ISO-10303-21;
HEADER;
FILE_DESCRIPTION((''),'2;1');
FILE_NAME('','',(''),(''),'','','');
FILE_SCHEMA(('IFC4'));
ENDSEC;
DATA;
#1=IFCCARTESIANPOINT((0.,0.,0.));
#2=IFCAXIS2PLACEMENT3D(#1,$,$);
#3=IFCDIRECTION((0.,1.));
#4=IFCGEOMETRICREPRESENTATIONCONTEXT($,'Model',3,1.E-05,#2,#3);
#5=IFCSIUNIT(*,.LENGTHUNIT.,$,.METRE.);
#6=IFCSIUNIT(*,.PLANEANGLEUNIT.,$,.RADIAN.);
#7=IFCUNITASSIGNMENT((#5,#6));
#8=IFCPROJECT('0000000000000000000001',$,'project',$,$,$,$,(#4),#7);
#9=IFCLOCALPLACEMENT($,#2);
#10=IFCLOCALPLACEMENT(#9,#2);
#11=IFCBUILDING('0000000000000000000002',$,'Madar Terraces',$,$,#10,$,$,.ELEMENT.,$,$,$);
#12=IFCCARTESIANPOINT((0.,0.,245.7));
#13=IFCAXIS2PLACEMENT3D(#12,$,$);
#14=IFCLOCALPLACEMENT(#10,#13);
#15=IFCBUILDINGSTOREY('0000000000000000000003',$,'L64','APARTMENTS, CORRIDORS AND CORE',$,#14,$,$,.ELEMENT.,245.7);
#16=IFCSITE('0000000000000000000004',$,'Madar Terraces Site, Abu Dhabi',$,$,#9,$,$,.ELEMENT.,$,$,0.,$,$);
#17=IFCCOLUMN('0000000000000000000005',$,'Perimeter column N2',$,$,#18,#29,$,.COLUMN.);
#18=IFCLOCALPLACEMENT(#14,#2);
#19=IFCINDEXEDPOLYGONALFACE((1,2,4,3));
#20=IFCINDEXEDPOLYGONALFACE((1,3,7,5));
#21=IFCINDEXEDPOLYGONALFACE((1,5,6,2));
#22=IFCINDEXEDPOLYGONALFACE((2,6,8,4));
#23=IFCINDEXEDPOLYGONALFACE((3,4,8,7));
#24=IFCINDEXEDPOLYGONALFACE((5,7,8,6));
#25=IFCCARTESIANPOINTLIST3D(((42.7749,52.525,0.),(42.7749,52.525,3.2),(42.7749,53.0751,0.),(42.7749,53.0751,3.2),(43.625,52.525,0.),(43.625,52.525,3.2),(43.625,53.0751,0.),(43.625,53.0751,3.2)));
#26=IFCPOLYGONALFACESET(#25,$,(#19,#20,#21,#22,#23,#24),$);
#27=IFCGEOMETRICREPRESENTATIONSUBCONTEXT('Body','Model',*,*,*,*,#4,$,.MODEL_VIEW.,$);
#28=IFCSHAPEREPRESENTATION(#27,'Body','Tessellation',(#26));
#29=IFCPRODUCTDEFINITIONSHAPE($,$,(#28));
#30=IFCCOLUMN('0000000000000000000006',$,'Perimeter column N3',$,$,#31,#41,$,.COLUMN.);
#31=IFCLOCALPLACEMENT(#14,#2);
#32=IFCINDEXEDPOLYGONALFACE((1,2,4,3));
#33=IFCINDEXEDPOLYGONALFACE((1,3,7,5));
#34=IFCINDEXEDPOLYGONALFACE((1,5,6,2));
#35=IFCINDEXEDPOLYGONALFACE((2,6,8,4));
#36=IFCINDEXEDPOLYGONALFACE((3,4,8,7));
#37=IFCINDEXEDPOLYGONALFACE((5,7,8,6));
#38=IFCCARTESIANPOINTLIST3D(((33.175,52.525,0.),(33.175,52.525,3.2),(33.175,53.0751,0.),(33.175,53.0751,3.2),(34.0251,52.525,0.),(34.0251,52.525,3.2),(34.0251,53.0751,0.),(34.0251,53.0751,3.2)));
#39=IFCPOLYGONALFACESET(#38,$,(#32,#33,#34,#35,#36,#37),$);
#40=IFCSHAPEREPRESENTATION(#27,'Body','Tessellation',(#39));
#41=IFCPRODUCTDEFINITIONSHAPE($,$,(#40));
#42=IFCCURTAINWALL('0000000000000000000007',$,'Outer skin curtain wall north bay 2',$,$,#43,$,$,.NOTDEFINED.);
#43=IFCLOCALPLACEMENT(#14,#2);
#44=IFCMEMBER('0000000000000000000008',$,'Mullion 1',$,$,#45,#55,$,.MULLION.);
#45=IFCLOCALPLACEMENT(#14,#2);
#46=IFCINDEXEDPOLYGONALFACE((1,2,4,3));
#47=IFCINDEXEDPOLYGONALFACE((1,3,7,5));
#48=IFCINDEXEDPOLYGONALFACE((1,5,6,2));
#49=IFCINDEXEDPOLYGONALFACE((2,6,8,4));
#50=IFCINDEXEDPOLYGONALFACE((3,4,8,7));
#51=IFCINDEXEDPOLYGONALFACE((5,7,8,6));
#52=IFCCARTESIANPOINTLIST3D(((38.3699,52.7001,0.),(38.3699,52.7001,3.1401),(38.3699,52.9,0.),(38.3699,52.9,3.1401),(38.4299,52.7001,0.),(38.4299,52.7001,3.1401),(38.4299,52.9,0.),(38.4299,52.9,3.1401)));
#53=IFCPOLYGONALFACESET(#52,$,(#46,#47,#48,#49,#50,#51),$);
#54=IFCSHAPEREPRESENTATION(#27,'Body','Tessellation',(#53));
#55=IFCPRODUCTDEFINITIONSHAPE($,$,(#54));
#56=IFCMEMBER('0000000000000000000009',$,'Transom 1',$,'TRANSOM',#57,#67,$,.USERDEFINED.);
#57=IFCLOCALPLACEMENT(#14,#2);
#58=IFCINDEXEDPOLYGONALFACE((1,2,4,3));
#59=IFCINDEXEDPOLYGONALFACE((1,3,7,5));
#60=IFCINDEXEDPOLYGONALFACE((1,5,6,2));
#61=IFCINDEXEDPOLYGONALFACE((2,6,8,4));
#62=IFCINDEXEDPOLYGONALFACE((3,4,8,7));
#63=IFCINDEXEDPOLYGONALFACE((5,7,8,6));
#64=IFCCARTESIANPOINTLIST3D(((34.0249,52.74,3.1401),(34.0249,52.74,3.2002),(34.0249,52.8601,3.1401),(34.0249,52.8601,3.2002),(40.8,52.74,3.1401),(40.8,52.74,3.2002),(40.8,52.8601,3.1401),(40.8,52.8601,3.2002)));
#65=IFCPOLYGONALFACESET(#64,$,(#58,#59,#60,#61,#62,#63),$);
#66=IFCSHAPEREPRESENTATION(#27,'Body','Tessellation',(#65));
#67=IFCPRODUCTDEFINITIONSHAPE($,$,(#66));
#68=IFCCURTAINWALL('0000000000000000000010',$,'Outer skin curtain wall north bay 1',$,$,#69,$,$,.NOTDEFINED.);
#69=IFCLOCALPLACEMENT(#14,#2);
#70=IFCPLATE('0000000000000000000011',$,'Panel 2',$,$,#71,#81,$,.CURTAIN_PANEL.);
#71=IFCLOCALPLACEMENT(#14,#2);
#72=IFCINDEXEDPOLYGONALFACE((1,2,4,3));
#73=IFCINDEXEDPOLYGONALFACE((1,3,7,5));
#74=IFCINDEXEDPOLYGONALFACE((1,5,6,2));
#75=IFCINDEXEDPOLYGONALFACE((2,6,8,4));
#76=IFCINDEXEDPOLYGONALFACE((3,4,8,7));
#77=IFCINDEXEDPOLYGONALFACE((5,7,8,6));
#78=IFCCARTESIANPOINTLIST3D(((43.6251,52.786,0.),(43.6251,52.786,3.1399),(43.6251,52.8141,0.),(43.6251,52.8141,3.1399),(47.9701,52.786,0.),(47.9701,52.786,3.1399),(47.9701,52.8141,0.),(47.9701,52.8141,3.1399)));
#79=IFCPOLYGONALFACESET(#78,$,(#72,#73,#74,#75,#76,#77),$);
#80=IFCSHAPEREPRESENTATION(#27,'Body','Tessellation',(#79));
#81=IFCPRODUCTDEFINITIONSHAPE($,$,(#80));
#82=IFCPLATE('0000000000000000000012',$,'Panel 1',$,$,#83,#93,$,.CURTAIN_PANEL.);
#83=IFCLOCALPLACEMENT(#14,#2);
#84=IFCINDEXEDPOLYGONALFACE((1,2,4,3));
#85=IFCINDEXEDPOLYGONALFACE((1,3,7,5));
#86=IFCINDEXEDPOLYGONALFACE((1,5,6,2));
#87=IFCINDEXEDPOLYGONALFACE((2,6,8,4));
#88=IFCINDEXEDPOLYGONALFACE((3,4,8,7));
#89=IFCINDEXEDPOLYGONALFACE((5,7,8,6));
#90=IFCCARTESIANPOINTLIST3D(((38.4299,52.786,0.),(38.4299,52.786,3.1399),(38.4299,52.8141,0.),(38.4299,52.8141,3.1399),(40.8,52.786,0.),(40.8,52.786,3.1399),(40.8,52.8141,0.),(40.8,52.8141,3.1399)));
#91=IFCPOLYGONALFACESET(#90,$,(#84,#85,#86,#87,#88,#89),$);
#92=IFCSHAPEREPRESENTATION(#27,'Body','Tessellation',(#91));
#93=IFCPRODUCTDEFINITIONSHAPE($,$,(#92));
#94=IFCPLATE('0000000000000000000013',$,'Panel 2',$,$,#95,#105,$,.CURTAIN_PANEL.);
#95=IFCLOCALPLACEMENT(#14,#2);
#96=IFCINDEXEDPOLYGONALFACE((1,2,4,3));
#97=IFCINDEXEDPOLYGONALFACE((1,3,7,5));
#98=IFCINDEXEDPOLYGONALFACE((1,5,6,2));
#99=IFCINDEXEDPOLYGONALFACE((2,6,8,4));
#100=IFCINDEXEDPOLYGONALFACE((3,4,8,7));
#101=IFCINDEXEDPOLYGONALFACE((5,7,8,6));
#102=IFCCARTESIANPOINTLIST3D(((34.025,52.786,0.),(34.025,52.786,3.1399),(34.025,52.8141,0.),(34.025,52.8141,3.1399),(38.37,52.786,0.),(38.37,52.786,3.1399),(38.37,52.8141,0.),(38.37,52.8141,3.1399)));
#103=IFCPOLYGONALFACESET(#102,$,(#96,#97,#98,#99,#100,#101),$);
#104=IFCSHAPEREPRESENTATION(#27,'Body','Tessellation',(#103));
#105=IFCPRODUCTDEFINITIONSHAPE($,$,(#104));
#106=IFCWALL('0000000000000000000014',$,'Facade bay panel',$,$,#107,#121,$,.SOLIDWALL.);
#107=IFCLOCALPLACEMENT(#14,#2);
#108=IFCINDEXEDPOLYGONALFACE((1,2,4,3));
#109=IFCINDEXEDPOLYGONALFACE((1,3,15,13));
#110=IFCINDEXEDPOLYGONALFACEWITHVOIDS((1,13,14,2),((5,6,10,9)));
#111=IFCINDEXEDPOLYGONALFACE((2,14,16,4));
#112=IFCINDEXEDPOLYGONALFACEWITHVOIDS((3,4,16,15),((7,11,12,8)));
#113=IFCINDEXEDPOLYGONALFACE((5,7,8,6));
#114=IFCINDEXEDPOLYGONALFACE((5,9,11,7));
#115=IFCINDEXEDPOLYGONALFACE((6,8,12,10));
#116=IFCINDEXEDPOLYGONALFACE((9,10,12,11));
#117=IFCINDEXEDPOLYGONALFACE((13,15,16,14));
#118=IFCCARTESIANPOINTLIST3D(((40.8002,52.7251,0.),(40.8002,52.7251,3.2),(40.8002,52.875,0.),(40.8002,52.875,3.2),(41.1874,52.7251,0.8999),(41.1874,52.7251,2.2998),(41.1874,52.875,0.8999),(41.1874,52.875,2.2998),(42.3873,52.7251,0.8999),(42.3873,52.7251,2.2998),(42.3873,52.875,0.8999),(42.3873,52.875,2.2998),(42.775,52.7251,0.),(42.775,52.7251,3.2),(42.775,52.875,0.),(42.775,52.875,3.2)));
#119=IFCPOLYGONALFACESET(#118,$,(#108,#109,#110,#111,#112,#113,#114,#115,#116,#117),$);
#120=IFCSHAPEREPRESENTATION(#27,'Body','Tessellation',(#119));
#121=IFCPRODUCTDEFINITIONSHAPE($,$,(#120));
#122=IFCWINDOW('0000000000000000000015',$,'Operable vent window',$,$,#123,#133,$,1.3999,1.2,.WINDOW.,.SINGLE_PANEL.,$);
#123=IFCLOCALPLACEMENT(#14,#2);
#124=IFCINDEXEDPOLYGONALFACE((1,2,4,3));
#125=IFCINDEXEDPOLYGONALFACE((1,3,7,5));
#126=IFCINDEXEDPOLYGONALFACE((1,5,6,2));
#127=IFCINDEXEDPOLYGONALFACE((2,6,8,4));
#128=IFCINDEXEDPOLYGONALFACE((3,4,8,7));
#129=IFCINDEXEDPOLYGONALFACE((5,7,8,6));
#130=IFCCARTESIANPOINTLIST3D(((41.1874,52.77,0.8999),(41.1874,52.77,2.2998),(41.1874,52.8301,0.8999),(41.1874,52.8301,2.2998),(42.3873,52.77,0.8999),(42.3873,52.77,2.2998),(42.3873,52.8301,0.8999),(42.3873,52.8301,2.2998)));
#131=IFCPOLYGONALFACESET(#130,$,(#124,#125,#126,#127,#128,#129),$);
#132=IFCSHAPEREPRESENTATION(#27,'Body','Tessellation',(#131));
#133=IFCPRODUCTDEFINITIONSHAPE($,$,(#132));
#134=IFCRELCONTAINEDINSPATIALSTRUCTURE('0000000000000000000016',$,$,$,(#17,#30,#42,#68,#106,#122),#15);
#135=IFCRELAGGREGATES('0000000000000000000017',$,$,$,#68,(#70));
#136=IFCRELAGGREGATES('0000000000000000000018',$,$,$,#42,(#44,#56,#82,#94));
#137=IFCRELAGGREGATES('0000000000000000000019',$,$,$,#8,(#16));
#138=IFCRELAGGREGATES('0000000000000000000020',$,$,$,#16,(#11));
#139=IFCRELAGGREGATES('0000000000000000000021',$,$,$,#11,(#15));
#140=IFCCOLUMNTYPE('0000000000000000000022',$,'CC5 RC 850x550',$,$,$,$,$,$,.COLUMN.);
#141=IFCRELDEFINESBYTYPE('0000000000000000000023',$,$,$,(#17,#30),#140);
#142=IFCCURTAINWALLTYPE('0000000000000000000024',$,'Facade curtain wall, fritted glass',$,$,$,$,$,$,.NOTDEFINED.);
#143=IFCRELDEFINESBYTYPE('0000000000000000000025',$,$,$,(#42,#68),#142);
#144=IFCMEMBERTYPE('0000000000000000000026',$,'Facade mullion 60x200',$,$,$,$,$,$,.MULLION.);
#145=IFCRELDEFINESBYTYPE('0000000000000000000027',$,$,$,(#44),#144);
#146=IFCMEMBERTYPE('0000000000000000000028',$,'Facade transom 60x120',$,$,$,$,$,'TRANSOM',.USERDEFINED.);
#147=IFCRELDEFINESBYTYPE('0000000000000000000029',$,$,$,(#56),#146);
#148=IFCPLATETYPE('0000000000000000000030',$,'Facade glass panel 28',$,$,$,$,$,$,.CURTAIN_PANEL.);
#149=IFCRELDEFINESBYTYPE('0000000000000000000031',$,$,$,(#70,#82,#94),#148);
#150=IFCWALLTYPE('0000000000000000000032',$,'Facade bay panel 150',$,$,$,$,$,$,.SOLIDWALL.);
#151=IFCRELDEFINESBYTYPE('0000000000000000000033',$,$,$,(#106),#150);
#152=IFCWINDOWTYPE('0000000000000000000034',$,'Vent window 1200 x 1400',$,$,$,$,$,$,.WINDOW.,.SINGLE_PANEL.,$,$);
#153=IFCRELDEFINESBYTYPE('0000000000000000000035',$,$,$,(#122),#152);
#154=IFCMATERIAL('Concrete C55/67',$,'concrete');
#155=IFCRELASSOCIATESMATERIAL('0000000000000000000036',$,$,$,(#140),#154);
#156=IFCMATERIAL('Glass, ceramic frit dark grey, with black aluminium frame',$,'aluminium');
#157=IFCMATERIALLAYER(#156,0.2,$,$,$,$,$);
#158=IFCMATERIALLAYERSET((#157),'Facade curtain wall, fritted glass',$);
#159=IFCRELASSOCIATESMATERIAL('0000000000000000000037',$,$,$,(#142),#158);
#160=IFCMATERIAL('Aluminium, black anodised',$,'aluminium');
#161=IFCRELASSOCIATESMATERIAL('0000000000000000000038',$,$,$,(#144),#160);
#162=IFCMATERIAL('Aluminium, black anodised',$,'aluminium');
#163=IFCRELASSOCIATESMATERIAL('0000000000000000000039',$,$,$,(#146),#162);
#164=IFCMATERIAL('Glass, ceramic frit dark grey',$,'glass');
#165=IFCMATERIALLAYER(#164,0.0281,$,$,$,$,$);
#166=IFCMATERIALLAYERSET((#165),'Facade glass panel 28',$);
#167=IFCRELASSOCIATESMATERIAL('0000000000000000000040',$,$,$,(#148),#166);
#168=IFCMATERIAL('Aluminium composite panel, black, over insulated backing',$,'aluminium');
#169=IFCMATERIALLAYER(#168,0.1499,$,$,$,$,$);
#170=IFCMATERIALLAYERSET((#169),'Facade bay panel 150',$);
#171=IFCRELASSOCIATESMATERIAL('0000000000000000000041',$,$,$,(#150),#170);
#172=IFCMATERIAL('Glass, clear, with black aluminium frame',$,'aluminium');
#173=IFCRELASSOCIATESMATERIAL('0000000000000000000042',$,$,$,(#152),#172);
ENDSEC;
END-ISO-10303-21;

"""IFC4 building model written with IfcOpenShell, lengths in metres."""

from ifc_helpers import new_model, si_unit, direction, frame, frame_2d, origin, origin_2d, place, context, subcontext, project, spatial, rectangle, extrude, material, layer, layer_set, material_profile, profile_set, type_object, element, fill, aggregate, save


model = new_model("IFC4")

# Units and contexts
model_context = context("Model", 3, precision=1e-05, world=origin(), true_north=direction((0.0, 1.0)))
body_context = subcontext(model_context, "Body", "Model", "MODEL_VIEW")
ifc_project = project(units=[si_unit("LENGTHUNIT", "METRE"), si_unit("PLANEANGLEUNIT", "RADIAN")], contexts=[model_context])

# Site, building, storey
site_placement = place(None, origin())
site = spatial("IfcSite", under=ifc_project, at=site_placement, Name="Madar Terraces Site, Abu Dhabi", CompositionType="ELEMENT", RefElevation=0.0)
building_placement = place(site_placement, origin())
building = spatial("IfcBuilding", under=site, at=building_placement, Name="Madar Terraces", CompositionType="ELEMENT")
storey_placement = place(building_placement, frame((0.0, 0.0, 245.7)))
storey = spatial("IfcBuildingStorey", under=building, at=storey_placement, Name="L64", Description="APARTMENTS, CORRIDORS AND CORE", CompositionType="ELEMENT", Elevation=245.7)

# Columns
ifc_material_1 = material(Name="Concrete C55/67", Category="concrete")
ifc_material_profile_1 = material_profile(ifc_material_1, rectangle(XDim=0.8501, YDim=0.55, at=origin_2d()), Name="CC5 RC 850x550")
ifc_profile_set_1 = profile_set([ifc_material_profile_1], Name="Concrete C55/67")
column_type = type_object("IfcColumnType", Name="CC5 RC 850x550", PredefinedType="COLUMN", material=ifc_profile_set_1)
for number, where, z_axis, x_axis, name in (
    (1, (43.2, 52.8, 0.0), (0.0, 0.0, 1.0), (1.0, 0.0, 0.0), "Perimeter column N2"),
    (2, (33.6001, 52.8, 0.0), (0.0, 0.0, 1.0), (1.0, 0.0, 0.0), "Perimeter column N3"),
):
    element("IfcColumn", number, at=place(storey_placement, frame(where, z_axis=z_axis, x_axis=x_axis)), inside=storey, type_object=column_type, Name=name, PredefinedType="COLUMN", context=body_context, shape_type="SweptSolid", body=[
        extrude(rectangle(XDim=0.8501, YDim=0.55, at=origin_2d()), origin(), (0.0, 0.0, 1.0), 3.2),
    ])

# Curtain wall, members
ifc_material_2 = material(Name="Glass, ceramic frit dark grey, with black aluminium frame", Category="aluminium")
ifc_layer_1 = layer(ifc_material_2, 0.2)
ifc_layer_set_1 = layer_set([ifc_layer_1], Name="Facade curtain wall, fritted glass")
curtain_wall_type = type_object("IfcCurtainWallType", Name="Facade curtain wall, fritted glass", PredefinedType="NOTDEFINED", material=ifc_layer_set_1)
curtain_wall_1_placement = place(storey_placement, origin())
curtain_wall_1 = element("IfcCurtainWall", 3, at=curtain_wall_1_placement, inside=storey, type_object=curtain_wall_type, Name="Outer skin curtain wall north bay 2", PredefinedType="NOTDEFINED")
ifc_material_3 = material(Name="Aluminium, black anodised", Category="aluminium")
ifc_material_profile_2 = material_profile(ifc_material_3, rectangle(XDim=0.2, YDim=0.0601, at=origin_2d()), Name="Facade mullion 60x200")
ifc_profile_set_2 = profile_set([ifc_material_profile_2], Name="Aluminium, black anodised")
member_type_1 = type_object("IfcMemberType", Name="Facade mullion 60x200", PredefinedType="MULLION", material=ifc_profile_set_2)
member_1_placement = place(storey_placement, frame((38.3999, 52.8, 0.0), z_axis=(0.0, 0.0, 1.0), x_axis=(0.0, -1.0, 0.0)))
member_1 = element("IfcMember", 4, at=member_1_placement, type_object=member_type_1, Name="Mullion 1", PredefinedType="MULLION", context=body_context, shape_type="SweptSolid", body=[
    extrude(rectangle(XDim=0.2, YDim=0.0601, at=origin_2d()), origin(), (0.0, 0.0, 1.0), 3.1401),
])
ifc_material_4 = material(Name="Aluminium, black anodised", Category="aluminium")
ifc_material_profile_3 = material_profile(ifc_material_4, rectangle(XDim=0.1201, YDim=0.0601, at=origin_2d()), Name="Facade transom 60x120")
ifc_profile_set_3 = profile_set([ifc_material_profile_3], Name="Aluminium, black anodised")
member_type_2 = type_object("IfcMemberType", Name="Facade transom 60x120", ElementType="TRANSOM", PredefinedType="USERDEFINED", material=ifc_profile_set_3)
member_2_placement = place(storey_placement, frame((40.8, 52.8, 3.1702), z_axis=(-1.0, 0.0, 0.0), x_axis=(0.0, -1.0, 0.0)))
member_2 = element("IfcMember", 5, at=member_2_placement, type_object=member_type_2, Name="Transom 1", ObjectType="TRANSOM", PredefinedType="USERDEFINED", context=body_context, shape_type="SweptSolid", body=[
    extrude(rectangle(XDim=0.1201, YDim=0.0601, at=origin_2d()), origin(), (0.0, 0.0, 1.0), 6.7751),
])

# Curtain wall, plate
curtain_wall_2_placement = place(storey_placement, origin())
curtain_wall_2 = element("IfcCurtainWall", 6, at=curtain_wall_2_placement, inside=storey, type_object=curtain_wall_type, Name="Outer skin curtain wall north bay 1", PredefinedType="NOTDEFINED")
ifc_material_5 = material(Name="Glass, ceramic frit dark grey", Category="glass")
ifc_layer_2 = layer(ifc_material_5, 0.0281)
ifc_layer_set_2 = layer_set([ifc_layer_2], Name="Facade glass panel 28")
plate_type = type_object("IfcPlateType", Name="Facade glass panel 28", PredefinedType="CURTAIN_PANEL", material=ifc_layer_set_2)
plate_1_placement = place(storey_placement, frame((45.7976, 52.8, 0.0), z_axis=(0.0, 0.0, 1.0), x_axis=(-1.0, 0.0, 0.0)))
plate_1 = element("IfcPlate", 7, at=plate_1_placement, type_object=plate_type, Name="Panel 2", PredefinedType="CURTAIN_PANEL", context=body_context, shape_type="SweptSolid", body=[
    extrude(rectangle(XDim=4.345, YDim=0.0281, at=origin_2d()), origin(), (0.0, 0.0, 1.0), 3.1399),
])
aggregate(curtain_wall_2, [plate_1])

# Plates
plate_2_placement = place(storey_placement, frame((39.615, 52.8, 0.0), z_axis=(0.0, 0.0, 1.0), x_axis=(-1.0, 0.0, 0.0)))
plate_2 = element("IfcPlate", 8, at=plate_2_placement, type_object=plate_type, Name="Panel 1", PredefinedType="CURTAIN_PANEL", context=body_context, shape_type="SweptSolid", body=[
    extrude(rectangle(XDim=2.3701, YDim=0.0281, at=origin_2d()), origin(), (0.0, 0.0, 1.0), 3.1399),
])
plate_3_placement = place(storey_placement, frame((36.1975, 52.8, 0.0), z_axis=(0.0, 0.0, 1.0), x_axis=(-1.0, 0.0, 0.0)))
plate_3 = element("IfcPlate", 9, at=plate_3_placement, type_object=plate_type, Name="Panel 2", PredefinedType="CURTAIN_PANEL", context=body_context, shape_type="SweptSolid", body=[
    extrude(rectangle(XDim=4.345, YDim=0.0281, at=origin_2d()), origin(), (0.0, 0.0, 1.0), 3.1399),
])
aggregate(curtain_wall_1, [member_1, member_2, plate_2, plate_3])

# Wall, opening, window
ifc_material_6 = material(Name="Aluminium composite panel, black, over insulated backing", Category="aluminium")
ifc_layer_3 = layer(ifc_material_6, 0.1499)
ifc_layer_set_3 = layer_set([ifc_layer_3], Name="Facade bay panel 150")
wall_type_1 = type_object("IfcWallType", Name="Facade bay panel 150", PredefinedType="SOLIDWALL", material=ifc_layer_set_3)
wall_1_placement = place(storey_placement, frame((42.7749, 52.8, 0.0), z_axis=(0.0, 0.0, 1.0), x_axis=(-1.0, 0.0, 0.0)))
wall_1 = element("IfcWall", 10, at=wall_1_placement, inside=storey, type_object=wall_type_1, Name="Facade bay panel", PredefinedType="SOLIDWALL", context=body_context, shape_type="SweptSolid", body=[
    extrude(rectangle(XDim=1.9749, YDim=0.1499, at=frame_2d((0.9873, 0.0))), origin(), (0.0, 0.0, 1.0), 3.2),
])
opening_1_placement = place(wall_1_placement, frame((0.3875, 0.0, 0.8999)))
opening_1 = element("IfcOpeningElement", 11, at=opening_1_placement, cuts=wall_1, PredefinedType="OPENING", context=body_context, shape_type="SweptSolid", body=[
    extrude(rectangle(XDim=1.2, YDim=1.3999, at=frame_2d((0.6001, 0.7))), frame((0.0, 0.085, 0.0), z_axis=(0.0, -1.0, 0.0), x_axis=(1.0, 0.0, 0.0)), (0.0, 0.0, 1.0), 0.1699),
])
ifc_material_7 = material(Name="Glass, clear, with black aluminium frame", Category="aluminium")
window_type = type_object("IfcWindowType", Name="Vent window 1200 x 1400", PartitioningType="SINGLE_PANEL", PredefinedType="WINDOW", material=ifc_material_7)
window_1_placement = place(opening_1_placement, origin())
window_1 = element("IfcWindow", 12, at=window_1_placement, inside=storey, type_object=window_type, Name="Operable vent window", OverallHeight=1.3999, OverallWidth=1.2, PartitioningType="SINGLE_PANEL", PredefinedType="WINDOW", context=body_context, shape_type="SweptSolid", body=[
    extrude(rectangle(XDim=1.2, YDim=1.3999, at=frame_2d((0.6001, 0.7))), frame((0.0, 0.03, 0.0), z_axis=(0.0, -1.0, 0.0), x_axis=(1.0, 0.0, 0.0)), (0.0, 0.0, 1.0), 0.0601),
])
fill(opening_1, window_1)

save(model, "model.ifc")
